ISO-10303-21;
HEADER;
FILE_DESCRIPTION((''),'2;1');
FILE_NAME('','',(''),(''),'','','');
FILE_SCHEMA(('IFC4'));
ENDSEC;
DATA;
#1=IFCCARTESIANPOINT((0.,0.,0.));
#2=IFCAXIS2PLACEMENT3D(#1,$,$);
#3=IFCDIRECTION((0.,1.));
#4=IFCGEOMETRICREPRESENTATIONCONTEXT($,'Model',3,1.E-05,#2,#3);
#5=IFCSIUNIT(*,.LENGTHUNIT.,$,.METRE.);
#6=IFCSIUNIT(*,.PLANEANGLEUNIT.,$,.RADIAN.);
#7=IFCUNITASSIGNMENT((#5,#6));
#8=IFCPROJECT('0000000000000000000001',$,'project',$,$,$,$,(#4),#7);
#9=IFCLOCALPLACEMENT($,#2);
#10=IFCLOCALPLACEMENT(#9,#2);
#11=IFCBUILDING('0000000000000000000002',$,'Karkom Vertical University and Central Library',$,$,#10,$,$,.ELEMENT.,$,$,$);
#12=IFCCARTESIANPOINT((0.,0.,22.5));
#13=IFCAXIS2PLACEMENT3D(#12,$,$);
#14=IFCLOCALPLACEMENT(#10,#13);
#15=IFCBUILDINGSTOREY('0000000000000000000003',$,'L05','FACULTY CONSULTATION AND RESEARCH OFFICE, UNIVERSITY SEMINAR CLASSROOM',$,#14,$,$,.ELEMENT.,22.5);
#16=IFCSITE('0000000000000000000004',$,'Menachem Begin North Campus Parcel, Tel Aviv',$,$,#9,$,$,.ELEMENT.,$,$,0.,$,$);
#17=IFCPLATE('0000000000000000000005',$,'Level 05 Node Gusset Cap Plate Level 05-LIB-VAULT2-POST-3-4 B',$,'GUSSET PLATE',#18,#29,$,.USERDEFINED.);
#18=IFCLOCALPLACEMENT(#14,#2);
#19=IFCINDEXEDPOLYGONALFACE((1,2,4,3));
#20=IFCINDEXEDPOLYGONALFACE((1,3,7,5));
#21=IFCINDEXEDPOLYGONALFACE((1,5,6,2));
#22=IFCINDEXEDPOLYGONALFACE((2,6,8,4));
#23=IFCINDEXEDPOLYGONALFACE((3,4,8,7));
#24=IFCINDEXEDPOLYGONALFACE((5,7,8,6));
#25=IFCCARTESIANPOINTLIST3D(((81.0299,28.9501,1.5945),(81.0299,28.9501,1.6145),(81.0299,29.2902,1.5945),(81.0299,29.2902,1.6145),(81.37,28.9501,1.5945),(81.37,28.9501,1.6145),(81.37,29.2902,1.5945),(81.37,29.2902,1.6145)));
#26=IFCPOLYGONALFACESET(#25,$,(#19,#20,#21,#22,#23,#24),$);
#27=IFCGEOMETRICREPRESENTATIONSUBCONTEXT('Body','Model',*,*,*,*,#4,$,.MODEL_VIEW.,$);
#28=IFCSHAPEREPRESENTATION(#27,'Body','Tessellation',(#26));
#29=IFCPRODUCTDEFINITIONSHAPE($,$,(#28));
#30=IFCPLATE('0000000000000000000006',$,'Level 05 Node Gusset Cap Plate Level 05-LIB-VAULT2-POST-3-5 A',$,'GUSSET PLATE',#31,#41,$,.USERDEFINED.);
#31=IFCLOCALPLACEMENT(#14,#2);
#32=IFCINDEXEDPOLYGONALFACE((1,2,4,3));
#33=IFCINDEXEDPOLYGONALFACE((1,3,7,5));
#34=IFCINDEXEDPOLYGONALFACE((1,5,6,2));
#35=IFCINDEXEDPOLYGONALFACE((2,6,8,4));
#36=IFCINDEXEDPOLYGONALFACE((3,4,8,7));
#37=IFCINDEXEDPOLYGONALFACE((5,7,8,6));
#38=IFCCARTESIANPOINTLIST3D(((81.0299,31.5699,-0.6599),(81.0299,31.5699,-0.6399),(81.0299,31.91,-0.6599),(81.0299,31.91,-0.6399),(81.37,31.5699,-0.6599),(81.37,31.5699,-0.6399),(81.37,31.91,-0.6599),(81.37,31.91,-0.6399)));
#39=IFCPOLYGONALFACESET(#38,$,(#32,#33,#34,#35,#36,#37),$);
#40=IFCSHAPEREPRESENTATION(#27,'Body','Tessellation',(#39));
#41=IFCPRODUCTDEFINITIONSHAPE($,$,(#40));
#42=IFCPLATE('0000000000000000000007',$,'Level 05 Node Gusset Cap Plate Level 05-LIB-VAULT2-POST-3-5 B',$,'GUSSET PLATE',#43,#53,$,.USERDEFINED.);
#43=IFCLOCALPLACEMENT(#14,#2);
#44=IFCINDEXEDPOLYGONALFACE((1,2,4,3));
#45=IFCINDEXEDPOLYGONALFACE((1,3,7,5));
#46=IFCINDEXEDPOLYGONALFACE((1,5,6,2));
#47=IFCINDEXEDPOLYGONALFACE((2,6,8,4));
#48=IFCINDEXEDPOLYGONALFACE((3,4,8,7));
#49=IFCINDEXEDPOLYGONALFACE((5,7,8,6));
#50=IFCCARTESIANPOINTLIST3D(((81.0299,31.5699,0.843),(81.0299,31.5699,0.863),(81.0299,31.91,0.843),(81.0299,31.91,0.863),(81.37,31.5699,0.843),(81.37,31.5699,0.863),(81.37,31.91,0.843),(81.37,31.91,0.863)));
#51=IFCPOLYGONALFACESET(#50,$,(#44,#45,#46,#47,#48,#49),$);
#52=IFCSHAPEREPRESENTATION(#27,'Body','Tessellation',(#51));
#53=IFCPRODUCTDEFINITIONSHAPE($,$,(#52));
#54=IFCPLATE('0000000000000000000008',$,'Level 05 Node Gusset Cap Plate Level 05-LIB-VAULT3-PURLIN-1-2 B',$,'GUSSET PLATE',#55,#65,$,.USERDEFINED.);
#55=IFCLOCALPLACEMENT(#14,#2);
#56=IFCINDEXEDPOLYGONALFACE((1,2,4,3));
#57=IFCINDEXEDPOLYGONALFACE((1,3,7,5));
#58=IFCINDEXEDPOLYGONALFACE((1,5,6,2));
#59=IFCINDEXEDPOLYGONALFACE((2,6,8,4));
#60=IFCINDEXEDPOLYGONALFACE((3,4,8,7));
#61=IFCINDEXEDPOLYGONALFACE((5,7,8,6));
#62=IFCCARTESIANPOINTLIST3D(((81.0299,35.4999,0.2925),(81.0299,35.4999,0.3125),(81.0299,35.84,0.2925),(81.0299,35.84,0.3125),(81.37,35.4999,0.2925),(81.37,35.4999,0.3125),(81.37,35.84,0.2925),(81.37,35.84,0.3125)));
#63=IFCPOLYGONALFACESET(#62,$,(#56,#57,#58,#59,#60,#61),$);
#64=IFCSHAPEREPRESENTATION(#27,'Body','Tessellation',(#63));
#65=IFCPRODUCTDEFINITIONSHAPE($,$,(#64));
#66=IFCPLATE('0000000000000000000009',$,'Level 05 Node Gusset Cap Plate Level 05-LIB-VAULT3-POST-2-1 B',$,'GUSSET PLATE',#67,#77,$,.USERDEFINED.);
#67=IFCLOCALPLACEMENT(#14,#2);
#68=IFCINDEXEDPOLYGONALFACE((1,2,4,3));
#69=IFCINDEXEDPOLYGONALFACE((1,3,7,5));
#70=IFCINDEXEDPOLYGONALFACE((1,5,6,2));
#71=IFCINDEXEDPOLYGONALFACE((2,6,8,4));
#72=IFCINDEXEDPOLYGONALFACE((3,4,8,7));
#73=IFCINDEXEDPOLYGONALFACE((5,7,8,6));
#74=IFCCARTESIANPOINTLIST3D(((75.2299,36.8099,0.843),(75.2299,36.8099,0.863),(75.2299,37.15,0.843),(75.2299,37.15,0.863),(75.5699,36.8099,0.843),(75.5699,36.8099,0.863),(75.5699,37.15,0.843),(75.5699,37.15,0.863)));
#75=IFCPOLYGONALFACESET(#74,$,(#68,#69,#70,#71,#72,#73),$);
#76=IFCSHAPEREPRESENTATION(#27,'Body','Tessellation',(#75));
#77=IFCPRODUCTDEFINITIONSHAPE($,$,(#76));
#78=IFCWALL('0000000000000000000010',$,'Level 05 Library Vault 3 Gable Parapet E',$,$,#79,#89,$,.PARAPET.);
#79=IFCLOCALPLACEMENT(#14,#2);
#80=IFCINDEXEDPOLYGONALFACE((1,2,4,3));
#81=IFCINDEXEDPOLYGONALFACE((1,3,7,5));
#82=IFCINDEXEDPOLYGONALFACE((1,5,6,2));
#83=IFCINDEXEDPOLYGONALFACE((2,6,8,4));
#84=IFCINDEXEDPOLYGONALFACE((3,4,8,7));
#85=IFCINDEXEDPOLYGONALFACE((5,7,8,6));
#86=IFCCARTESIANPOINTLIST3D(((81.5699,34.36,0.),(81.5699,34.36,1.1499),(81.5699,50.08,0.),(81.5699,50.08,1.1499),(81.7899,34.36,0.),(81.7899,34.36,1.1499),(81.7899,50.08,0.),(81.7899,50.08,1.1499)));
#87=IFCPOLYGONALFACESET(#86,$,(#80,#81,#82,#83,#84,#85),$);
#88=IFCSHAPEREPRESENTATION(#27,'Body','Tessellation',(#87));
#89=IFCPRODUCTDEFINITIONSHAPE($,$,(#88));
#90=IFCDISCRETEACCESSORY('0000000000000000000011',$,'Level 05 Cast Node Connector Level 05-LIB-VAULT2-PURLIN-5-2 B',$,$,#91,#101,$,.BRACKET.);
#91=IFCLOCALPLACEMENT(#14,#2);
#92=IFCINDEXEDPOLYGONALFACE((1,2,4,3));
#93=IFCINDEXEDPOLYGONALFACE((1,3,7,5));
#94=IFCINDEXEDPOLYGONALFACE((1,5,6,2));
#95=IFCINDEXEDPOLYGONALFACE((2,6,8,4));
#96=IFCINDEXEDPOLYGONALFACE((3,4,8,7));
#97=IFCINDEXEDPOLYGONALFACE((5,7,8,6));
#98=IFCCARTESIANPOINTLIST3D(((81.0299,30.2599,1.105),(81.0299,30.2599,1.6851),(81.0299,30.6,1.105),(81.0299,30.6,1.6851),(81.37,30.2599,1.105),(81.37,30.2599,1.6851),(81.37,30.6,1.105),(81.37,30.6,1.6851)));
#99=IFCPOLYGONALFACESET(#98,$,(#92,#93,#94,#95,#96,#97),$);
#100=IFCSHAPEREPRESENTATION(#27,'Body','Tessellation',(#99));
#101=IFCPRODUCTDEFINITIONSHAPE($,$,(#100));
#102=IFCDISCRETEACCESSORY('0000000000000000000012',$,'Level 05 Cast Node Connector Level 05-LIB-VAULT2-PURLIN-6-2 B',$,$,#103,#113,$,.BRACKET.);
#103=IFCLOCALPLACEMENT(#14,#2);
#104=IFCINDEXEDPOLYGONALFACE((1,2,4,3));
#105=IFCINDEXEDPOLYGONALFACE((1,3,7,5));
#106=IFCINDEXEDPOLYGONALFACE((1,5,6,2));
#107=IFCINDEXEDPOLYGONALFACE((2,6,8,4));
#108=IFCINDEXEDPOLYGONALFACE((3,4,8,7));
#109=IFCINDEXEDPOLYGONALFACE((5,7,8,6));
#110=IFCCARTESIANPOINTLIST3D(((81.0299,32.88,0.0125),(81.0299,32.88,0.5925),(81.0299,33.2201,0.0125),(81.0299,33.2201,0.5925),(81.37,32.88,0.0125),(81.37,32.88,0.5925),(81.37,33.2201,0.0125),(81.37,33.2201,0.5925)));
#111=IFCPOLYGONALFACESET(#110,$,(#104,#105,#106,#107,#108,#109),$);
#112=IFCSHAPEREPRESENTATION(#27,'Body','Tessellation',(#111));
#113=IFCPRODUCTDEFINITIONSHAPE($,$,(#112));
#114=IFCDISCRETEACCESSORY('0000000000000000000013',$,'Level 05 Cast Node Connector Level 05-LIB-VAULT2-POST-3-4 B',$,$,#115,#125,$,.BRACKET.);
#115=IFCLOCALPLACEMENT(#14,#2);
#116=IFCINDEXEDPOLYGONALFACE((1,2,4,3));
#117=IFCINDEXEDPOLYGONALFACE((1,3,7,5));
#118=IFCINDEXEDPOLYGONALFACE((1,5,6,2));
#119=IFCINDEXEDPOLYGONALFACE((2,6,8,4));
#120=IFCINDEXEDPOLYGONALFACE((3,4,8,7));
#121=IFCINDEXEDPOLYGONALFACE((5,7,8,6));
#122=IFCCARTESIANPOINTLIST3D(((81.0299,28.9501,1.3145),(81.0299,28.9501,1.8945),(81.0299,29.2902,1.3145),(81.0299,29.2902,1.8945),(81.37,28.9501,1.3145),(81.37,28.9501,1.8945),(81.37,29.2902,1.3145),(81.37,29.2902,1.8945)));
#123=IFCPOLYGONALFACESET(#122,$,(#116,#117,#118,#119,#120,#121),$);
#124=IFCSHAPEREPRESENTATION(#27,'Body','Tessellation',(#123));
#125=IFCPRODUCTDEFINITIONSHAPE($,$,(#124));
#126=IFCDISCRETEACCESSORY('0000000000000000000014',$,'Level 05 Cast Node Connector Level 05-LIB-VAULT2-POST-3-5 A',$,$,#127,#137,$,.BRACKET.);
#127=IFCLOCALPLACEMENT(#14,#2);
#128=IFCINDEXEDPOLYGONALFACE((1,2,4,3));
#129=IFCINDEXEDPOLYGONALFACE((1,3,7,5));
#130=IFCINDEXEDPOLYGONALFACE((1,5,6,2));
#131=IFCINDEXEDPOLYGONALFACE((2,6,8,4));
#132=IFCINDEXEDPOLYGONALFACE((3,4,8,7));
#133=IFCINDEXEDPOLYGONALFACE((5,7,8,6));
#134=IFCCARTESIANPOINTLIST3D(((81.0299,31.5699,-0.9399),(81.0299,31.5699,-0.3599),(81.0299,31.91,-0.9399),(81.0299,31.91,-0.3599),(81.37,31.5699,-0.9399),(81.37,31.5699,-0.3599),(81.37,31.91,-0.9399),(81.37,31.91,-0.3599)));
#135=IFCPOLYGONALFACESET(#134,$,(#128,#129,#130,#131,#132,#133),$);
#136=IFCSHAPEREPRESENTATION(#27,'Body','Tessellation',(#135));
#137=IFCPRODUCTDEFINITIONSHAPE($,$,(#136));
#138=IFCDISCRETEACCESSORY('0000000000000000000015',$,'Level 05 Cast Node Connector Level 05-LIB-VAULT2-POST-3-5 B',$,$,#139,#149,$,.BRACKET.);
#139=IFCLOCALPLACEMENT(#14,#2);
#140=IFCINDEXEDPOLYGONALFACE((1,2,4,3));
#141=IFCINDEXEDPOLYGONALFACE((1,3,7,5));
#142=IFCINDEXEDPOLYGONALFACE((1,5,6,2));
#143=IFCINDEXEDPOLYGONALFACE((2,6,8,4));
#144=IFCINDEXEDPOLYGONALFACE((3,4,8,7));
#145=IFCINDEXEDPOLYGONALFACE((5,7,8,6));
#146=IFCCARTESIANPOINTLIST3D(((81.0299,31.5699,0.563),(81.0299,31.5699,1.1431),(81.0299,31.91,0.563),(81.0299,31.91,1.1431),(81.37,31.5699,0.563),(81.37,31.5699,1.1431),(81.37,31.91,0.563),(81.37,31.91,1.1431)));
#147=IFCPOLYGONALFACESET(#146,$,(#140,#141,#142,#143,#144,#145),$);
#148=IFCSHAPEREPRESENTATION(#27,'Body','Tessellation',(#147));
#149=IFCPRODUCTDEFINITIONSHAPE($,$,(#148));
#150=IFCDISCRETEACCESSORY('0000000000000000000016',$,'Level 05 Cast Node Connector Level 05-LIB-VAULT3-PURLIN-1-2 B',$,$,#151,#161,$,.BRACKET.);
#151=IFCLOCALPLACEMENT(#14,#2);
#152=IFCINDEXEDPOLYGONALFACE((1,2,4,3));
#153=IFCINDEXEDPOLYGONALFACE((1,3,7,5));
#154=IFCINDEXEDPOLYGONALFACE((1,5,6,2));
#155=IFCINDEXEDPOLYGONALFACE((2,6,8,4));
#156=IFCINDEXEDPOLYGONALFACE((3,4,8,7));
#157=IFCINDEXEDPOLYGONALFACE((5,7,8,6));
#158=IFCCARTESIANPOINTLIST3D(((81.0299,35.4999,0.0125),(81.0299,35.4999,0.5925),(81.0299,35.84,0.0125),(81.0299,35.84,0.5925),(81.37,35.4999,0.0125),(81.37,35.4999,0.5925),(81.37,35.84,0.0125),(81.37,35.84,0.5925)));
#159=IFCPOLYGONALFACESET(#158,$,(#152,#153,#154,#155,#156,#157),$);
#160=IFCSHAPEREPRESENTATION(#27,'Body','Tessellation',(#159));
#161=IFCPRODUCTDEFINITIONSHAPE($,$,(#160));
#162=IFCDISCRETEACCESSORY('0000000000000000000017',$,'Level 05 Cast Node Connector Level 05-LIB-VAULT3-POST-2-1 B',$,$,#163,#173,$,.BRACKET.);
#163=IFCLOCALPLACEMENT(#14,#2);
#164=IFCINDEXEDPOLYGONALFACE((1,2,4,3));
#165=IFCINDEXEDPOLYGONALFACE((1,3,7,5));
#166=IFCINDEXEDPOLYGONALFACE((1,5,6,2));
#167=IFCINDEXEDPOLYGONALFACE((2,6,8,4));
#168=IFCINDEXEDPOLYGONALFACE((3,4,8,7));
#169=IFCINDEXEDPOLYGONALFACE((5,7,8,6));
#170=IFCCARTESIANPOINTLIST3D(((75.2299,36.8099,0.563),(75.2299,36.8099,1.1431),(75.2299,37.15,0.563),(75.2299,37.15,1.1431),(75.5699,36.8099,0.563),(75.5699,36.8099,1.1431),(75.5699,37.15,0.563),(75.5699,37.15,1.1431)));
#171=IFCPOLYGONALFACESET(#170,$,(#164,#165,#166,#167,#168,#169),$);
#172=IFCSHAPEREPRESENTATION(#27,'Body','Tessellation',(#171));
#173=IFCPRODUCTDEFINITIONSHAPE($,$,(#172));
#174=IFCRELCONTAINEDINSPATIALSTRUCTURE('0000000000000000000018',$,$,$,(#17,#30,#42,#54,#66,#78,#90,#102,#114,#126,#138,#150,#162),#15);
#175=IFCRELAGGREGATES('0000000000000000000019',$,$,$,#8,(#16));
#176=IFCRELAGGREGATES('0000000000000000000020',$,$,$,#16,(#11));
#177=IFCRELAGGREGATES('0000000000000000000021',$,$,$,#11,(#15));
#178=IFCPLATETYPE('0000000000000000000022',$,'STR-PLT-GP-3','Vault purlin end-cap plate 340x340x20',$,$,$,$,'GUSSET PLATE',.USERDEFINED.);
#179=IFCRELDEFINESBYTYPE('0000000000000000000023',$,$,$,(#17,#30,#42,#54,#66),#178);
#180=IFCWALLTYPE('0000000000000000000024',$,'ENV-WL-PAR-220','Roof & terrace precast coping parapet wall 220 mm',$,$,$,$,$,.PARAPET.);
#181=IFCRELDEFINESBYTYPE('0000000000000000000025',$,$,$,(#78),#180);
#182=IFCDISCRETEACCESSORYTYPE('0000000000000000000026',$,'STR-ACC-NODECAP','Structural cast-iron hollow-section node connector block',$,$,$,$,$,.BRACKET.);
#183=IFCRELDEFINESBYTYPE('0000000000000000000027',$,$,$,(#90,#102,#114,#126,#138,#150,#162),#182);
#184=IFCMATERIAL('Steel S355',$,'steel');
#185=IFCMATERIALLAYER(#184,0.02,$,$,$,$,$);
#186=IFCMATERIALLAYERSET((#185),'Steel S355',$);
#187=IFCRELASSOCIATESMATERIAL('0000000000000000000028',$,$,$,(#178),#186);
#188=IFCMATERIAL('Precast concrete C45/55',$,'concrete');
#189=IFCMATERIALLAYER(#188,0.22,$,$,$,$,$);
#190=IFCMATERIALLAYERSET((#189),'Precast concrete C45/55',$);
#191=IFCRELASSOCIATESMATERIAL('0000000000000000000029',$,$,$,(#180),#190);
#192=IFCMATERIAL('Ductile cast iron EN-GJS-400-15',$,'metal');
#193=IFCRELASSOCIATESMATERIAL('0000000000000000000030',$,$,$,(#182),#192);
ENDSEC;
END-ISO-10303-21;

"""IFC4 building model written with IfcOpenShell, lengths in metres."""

from ifc_helpers import new_model, si_unit, direction, frame, frame_2d, origin, origin_with_axes, origin_2d, place, context, subcontext, project, spatial, rectangle, extrude, source, transform, mapped, material, layer, layer_set, type_object, element, save


model = new_model("IFC4")

# Units and contexts
model_context = context("Model", 3, precision=1e-05, world=origin(), true_north=direction((0.0, 1.0)))
body_context = subcontext(model_context, "Body", "Model", "MODEL_VIEW")
ifc_project = project(units=[si_unit("LENGTHUNIT", "METRE"), si_unit("PLANEANGLEUNIT", "RADIAN")], contexts=[model_context])

# Site, building, storey
site_placement = place(None, origin())
site = spatial("IfcSite", under=ifc_project, at=site_placement, Name="Menachem Begin North Campus Parcel, Tel Aviv", CompositionType="ELEMENT", RefElevation=0.0)
building_placement = place(site_placement, origin())
building = spatial("IfcBuilding", under=site, at=building_placement, Name="Karkom Vertical University and Central Library", CompositionType="ELEMENT")
storey_placement = place(building_placement, frame((0.0, 0.0, 22.5)))
storey = spatial("IfcBuildingStorey", under=building, at=storey_placement, Name="L05", Description="FACULTY CONSULTATION AND RESEARCH OFFICE, UNIVERSITY SEMINAR CLASSROOM", CompositionType="ELEMENT", Elevation=22.5)

# Shared definitions
ifc_material_1 = material(Name="Steel S355", Category="steel")

# Shared definitions
ifc_material_2 = material(Name="Precast concrete C45/55", Category="concrete")

# Plates
ifc_layer_1 = layer(ifc_material_1, 0.02)
ifc_layer_set_1 = layer_set([ifc_layer_1], Name="Steel S355")
plate_type = type_object("IfcPlateType", Name="STR-PLT-GP-3", Description="Vault purlin end-cap plate 340x340x20", ElementType="GUSSET PLATE", PredefinedType="USERDEFINED", material=ifc_layer_set_1)
shared_shape_1 = source(origin_with_axes(), body_context, "Body", "SweptSolid", [
    extrude(rectangle(XDim=0.3401, YDim=0.3401, at=origin_2d()), origin(), (0.0, 0.0, 1.0), 0.02),
])
for number, where, z_axis, x_axis, name in (
    (1, (81.2, 29.1201, 1.5945), (0.0, 0.0, 1.0), (1.0, 0.0, 0.0), "Level 05 Node Gusset Cap Plate Level 05-LIB-VAULT2-POST-3-4 B"),
    (2, (81.2, 31.74, -0.6599), (0.0, 0.0, 1.0), (1.0, 0.0, 0.0), "Level 05 Node Gusset Cap Plate Level 05-LIB-VAULT2-POST-3-5 A"),
    (3, (81.2, 31.74, 0.843), (0.0, 0.0, 1.0), (1.0, 0.0, 0.0), "Level 05 Node Gusset Cap Plate Level 05-LIB-VAULT2-POST-3-5 B"),
    (4, (81.2, 35.6699, 0.2925), (0.0, 0.0, 1.0), (1.0, 0.0, 0.0), "Level 05 Node Gusset Cap Plate Level 05-LIB-VAULT3-PURLIN-1-2 B"),
    (5, (75.3999, 36.98, 0.843), (0.0, 0.0, 1.0), (1.0, 0.0, 0.0), "Level 05 Node Gusset Cap Plate Level 05-LIB-VAULT3-POST-2-1 B"),
):
    element("IfcPlate", number, at=place(storey_placement, frame(where, z_axis=z_axis, x_axis=x_axis)), inside=storey, type_object=plate_type, Name=name, ObjectType="GUSSET PLATE", PredefinedType="USERDEFINED", context=body_context, shape_type="MappedRepresentation", body=[
        mapped(shared_shape_1, transform((0.0, 0.0, 0.0), scale=1.0)),
    ])

# Wall
ifc_layer_2 = layer(ifc_material_2, 0.22)
ifc_layer_set_2 = layer_set([ifc_layer_2], Name="Precast concrete C45/55")
wall_type = type_object("IfcWallType", Name="ENV-WL-PAR-220", Description="Roof & terrace precast coping parapet wall 220 mm", PredefinedType="PARAPET", material=ifc_layer_set_2)
wall_placement = place(storey_placement, frame((81.6799, 34.3601, 0.0), z_axis=(0.0, 0.0, 1.0), x_axis=(0.0, 1.0, 0.0)))
element("IfcWall", 6, at=wall_placement, inside=storey, type_object=wall_type, Name="Level 05 Library Vault 3 Gable Parapet E", PredefinedType="PARAPET", context=body_context, shape_type="SweptSolid", body=[
    extrude(rectangle(XDim=15.72, YDim=0.22, at=frame_2d((7.8599, 0.0))), origin(), (0.0, 0.0, 1.0), 1.1499),
])

# Discrete accessories
ifc_material_3 = material(Name="Ductile cast iron EN-GJS-400-15", Category="metal")
discrete_accessory_type = type_object("IfcDiscreteAccessoryType", Name="STR-ACC-NODECAP", Description="Structural cast-iron hollow-section node connector block", PredefinedType="BRACKET", material=ifc_material_3)
shared_shape_2 = source(origin_with_axes(), body_context, "Body", "SweptSolid", [
    extrude(rectangle(XDim=0.3401, YDim=0.3401, at=origin_2d()), origin(), (0.0, 0.0, 1.0), 0.5801),
])
for number, where, z_axis, x_axis, name in (
    (7, (81.2, 30.4299, 1.105), (0.0, 0.0, 1.0), (1.0, 0.0, 0.0), "Level 05 Cast Node Connector Level 05-LIB-VAULT2-PURLIN-5-2 B"),
    (8, (81.2, 33.05, 0.0125), (0.0, 0.0, 1.0), (1.0, 0.0, 0.0), "Level 05 Cast Node Connector Level 05-LIB-VAULT2-PURLIN-6-2 B"),
    (9, (81.2, 29.1201, 1.3145), (0.0, 0.0, 1.0), (1.0, 0.0, 0.0), "Level 05 Cast Node Connector Level 05-LIB-VAULT2-POST-3-4 B"),
    (10, (81.2, 31.74, -0.9399), (0.0, 0.0, 1.0), (1.0, 0.0, 0.0), "Level 05 Cast Node Connector Level 05-LIB-VAULT2-POST-3-5 A"),
    (11, (81.2, 31.74, 0.563), (0.0, 0.0, 1.0), (1.0, 0.0, 0.0), "Level 05 Cast Node Connector Level 05-LIB-VAULT2-POST-3-5 B"),
    (12, (81.2, 35.6699, 0.0125), (0.0, 0.0, 1.0), (1.0, 0.0, 0.0), "Level 05 Cast Node Connector Level 05-LIB-VAULT3-PURLIN-1-2 B"),
    (13, (75.3999, 36.98, 0.563), (0.0, 0.0, 1.0), (1.0, 0.0, 0.0), "Level 05 Cast Node Connector Level 05-LIB-VAULT3-POST-2-1 B"),
):
    element("IfcDiscreteAccessory", number, at=place(storey_placement, frame(where, z_axis=z_axis, x_axis=x_axis)), inside=storey, type_object=discrete_accessory_type, Name=name, PredefinedType="BRACKET", context=body_context, shape_type="MappedRepresentation", body=[
        mapped(shared_shape_2, transform((0.0, 0.0, 0.0), scale=1.0)),
    ])

save(model, "model.ifc")
